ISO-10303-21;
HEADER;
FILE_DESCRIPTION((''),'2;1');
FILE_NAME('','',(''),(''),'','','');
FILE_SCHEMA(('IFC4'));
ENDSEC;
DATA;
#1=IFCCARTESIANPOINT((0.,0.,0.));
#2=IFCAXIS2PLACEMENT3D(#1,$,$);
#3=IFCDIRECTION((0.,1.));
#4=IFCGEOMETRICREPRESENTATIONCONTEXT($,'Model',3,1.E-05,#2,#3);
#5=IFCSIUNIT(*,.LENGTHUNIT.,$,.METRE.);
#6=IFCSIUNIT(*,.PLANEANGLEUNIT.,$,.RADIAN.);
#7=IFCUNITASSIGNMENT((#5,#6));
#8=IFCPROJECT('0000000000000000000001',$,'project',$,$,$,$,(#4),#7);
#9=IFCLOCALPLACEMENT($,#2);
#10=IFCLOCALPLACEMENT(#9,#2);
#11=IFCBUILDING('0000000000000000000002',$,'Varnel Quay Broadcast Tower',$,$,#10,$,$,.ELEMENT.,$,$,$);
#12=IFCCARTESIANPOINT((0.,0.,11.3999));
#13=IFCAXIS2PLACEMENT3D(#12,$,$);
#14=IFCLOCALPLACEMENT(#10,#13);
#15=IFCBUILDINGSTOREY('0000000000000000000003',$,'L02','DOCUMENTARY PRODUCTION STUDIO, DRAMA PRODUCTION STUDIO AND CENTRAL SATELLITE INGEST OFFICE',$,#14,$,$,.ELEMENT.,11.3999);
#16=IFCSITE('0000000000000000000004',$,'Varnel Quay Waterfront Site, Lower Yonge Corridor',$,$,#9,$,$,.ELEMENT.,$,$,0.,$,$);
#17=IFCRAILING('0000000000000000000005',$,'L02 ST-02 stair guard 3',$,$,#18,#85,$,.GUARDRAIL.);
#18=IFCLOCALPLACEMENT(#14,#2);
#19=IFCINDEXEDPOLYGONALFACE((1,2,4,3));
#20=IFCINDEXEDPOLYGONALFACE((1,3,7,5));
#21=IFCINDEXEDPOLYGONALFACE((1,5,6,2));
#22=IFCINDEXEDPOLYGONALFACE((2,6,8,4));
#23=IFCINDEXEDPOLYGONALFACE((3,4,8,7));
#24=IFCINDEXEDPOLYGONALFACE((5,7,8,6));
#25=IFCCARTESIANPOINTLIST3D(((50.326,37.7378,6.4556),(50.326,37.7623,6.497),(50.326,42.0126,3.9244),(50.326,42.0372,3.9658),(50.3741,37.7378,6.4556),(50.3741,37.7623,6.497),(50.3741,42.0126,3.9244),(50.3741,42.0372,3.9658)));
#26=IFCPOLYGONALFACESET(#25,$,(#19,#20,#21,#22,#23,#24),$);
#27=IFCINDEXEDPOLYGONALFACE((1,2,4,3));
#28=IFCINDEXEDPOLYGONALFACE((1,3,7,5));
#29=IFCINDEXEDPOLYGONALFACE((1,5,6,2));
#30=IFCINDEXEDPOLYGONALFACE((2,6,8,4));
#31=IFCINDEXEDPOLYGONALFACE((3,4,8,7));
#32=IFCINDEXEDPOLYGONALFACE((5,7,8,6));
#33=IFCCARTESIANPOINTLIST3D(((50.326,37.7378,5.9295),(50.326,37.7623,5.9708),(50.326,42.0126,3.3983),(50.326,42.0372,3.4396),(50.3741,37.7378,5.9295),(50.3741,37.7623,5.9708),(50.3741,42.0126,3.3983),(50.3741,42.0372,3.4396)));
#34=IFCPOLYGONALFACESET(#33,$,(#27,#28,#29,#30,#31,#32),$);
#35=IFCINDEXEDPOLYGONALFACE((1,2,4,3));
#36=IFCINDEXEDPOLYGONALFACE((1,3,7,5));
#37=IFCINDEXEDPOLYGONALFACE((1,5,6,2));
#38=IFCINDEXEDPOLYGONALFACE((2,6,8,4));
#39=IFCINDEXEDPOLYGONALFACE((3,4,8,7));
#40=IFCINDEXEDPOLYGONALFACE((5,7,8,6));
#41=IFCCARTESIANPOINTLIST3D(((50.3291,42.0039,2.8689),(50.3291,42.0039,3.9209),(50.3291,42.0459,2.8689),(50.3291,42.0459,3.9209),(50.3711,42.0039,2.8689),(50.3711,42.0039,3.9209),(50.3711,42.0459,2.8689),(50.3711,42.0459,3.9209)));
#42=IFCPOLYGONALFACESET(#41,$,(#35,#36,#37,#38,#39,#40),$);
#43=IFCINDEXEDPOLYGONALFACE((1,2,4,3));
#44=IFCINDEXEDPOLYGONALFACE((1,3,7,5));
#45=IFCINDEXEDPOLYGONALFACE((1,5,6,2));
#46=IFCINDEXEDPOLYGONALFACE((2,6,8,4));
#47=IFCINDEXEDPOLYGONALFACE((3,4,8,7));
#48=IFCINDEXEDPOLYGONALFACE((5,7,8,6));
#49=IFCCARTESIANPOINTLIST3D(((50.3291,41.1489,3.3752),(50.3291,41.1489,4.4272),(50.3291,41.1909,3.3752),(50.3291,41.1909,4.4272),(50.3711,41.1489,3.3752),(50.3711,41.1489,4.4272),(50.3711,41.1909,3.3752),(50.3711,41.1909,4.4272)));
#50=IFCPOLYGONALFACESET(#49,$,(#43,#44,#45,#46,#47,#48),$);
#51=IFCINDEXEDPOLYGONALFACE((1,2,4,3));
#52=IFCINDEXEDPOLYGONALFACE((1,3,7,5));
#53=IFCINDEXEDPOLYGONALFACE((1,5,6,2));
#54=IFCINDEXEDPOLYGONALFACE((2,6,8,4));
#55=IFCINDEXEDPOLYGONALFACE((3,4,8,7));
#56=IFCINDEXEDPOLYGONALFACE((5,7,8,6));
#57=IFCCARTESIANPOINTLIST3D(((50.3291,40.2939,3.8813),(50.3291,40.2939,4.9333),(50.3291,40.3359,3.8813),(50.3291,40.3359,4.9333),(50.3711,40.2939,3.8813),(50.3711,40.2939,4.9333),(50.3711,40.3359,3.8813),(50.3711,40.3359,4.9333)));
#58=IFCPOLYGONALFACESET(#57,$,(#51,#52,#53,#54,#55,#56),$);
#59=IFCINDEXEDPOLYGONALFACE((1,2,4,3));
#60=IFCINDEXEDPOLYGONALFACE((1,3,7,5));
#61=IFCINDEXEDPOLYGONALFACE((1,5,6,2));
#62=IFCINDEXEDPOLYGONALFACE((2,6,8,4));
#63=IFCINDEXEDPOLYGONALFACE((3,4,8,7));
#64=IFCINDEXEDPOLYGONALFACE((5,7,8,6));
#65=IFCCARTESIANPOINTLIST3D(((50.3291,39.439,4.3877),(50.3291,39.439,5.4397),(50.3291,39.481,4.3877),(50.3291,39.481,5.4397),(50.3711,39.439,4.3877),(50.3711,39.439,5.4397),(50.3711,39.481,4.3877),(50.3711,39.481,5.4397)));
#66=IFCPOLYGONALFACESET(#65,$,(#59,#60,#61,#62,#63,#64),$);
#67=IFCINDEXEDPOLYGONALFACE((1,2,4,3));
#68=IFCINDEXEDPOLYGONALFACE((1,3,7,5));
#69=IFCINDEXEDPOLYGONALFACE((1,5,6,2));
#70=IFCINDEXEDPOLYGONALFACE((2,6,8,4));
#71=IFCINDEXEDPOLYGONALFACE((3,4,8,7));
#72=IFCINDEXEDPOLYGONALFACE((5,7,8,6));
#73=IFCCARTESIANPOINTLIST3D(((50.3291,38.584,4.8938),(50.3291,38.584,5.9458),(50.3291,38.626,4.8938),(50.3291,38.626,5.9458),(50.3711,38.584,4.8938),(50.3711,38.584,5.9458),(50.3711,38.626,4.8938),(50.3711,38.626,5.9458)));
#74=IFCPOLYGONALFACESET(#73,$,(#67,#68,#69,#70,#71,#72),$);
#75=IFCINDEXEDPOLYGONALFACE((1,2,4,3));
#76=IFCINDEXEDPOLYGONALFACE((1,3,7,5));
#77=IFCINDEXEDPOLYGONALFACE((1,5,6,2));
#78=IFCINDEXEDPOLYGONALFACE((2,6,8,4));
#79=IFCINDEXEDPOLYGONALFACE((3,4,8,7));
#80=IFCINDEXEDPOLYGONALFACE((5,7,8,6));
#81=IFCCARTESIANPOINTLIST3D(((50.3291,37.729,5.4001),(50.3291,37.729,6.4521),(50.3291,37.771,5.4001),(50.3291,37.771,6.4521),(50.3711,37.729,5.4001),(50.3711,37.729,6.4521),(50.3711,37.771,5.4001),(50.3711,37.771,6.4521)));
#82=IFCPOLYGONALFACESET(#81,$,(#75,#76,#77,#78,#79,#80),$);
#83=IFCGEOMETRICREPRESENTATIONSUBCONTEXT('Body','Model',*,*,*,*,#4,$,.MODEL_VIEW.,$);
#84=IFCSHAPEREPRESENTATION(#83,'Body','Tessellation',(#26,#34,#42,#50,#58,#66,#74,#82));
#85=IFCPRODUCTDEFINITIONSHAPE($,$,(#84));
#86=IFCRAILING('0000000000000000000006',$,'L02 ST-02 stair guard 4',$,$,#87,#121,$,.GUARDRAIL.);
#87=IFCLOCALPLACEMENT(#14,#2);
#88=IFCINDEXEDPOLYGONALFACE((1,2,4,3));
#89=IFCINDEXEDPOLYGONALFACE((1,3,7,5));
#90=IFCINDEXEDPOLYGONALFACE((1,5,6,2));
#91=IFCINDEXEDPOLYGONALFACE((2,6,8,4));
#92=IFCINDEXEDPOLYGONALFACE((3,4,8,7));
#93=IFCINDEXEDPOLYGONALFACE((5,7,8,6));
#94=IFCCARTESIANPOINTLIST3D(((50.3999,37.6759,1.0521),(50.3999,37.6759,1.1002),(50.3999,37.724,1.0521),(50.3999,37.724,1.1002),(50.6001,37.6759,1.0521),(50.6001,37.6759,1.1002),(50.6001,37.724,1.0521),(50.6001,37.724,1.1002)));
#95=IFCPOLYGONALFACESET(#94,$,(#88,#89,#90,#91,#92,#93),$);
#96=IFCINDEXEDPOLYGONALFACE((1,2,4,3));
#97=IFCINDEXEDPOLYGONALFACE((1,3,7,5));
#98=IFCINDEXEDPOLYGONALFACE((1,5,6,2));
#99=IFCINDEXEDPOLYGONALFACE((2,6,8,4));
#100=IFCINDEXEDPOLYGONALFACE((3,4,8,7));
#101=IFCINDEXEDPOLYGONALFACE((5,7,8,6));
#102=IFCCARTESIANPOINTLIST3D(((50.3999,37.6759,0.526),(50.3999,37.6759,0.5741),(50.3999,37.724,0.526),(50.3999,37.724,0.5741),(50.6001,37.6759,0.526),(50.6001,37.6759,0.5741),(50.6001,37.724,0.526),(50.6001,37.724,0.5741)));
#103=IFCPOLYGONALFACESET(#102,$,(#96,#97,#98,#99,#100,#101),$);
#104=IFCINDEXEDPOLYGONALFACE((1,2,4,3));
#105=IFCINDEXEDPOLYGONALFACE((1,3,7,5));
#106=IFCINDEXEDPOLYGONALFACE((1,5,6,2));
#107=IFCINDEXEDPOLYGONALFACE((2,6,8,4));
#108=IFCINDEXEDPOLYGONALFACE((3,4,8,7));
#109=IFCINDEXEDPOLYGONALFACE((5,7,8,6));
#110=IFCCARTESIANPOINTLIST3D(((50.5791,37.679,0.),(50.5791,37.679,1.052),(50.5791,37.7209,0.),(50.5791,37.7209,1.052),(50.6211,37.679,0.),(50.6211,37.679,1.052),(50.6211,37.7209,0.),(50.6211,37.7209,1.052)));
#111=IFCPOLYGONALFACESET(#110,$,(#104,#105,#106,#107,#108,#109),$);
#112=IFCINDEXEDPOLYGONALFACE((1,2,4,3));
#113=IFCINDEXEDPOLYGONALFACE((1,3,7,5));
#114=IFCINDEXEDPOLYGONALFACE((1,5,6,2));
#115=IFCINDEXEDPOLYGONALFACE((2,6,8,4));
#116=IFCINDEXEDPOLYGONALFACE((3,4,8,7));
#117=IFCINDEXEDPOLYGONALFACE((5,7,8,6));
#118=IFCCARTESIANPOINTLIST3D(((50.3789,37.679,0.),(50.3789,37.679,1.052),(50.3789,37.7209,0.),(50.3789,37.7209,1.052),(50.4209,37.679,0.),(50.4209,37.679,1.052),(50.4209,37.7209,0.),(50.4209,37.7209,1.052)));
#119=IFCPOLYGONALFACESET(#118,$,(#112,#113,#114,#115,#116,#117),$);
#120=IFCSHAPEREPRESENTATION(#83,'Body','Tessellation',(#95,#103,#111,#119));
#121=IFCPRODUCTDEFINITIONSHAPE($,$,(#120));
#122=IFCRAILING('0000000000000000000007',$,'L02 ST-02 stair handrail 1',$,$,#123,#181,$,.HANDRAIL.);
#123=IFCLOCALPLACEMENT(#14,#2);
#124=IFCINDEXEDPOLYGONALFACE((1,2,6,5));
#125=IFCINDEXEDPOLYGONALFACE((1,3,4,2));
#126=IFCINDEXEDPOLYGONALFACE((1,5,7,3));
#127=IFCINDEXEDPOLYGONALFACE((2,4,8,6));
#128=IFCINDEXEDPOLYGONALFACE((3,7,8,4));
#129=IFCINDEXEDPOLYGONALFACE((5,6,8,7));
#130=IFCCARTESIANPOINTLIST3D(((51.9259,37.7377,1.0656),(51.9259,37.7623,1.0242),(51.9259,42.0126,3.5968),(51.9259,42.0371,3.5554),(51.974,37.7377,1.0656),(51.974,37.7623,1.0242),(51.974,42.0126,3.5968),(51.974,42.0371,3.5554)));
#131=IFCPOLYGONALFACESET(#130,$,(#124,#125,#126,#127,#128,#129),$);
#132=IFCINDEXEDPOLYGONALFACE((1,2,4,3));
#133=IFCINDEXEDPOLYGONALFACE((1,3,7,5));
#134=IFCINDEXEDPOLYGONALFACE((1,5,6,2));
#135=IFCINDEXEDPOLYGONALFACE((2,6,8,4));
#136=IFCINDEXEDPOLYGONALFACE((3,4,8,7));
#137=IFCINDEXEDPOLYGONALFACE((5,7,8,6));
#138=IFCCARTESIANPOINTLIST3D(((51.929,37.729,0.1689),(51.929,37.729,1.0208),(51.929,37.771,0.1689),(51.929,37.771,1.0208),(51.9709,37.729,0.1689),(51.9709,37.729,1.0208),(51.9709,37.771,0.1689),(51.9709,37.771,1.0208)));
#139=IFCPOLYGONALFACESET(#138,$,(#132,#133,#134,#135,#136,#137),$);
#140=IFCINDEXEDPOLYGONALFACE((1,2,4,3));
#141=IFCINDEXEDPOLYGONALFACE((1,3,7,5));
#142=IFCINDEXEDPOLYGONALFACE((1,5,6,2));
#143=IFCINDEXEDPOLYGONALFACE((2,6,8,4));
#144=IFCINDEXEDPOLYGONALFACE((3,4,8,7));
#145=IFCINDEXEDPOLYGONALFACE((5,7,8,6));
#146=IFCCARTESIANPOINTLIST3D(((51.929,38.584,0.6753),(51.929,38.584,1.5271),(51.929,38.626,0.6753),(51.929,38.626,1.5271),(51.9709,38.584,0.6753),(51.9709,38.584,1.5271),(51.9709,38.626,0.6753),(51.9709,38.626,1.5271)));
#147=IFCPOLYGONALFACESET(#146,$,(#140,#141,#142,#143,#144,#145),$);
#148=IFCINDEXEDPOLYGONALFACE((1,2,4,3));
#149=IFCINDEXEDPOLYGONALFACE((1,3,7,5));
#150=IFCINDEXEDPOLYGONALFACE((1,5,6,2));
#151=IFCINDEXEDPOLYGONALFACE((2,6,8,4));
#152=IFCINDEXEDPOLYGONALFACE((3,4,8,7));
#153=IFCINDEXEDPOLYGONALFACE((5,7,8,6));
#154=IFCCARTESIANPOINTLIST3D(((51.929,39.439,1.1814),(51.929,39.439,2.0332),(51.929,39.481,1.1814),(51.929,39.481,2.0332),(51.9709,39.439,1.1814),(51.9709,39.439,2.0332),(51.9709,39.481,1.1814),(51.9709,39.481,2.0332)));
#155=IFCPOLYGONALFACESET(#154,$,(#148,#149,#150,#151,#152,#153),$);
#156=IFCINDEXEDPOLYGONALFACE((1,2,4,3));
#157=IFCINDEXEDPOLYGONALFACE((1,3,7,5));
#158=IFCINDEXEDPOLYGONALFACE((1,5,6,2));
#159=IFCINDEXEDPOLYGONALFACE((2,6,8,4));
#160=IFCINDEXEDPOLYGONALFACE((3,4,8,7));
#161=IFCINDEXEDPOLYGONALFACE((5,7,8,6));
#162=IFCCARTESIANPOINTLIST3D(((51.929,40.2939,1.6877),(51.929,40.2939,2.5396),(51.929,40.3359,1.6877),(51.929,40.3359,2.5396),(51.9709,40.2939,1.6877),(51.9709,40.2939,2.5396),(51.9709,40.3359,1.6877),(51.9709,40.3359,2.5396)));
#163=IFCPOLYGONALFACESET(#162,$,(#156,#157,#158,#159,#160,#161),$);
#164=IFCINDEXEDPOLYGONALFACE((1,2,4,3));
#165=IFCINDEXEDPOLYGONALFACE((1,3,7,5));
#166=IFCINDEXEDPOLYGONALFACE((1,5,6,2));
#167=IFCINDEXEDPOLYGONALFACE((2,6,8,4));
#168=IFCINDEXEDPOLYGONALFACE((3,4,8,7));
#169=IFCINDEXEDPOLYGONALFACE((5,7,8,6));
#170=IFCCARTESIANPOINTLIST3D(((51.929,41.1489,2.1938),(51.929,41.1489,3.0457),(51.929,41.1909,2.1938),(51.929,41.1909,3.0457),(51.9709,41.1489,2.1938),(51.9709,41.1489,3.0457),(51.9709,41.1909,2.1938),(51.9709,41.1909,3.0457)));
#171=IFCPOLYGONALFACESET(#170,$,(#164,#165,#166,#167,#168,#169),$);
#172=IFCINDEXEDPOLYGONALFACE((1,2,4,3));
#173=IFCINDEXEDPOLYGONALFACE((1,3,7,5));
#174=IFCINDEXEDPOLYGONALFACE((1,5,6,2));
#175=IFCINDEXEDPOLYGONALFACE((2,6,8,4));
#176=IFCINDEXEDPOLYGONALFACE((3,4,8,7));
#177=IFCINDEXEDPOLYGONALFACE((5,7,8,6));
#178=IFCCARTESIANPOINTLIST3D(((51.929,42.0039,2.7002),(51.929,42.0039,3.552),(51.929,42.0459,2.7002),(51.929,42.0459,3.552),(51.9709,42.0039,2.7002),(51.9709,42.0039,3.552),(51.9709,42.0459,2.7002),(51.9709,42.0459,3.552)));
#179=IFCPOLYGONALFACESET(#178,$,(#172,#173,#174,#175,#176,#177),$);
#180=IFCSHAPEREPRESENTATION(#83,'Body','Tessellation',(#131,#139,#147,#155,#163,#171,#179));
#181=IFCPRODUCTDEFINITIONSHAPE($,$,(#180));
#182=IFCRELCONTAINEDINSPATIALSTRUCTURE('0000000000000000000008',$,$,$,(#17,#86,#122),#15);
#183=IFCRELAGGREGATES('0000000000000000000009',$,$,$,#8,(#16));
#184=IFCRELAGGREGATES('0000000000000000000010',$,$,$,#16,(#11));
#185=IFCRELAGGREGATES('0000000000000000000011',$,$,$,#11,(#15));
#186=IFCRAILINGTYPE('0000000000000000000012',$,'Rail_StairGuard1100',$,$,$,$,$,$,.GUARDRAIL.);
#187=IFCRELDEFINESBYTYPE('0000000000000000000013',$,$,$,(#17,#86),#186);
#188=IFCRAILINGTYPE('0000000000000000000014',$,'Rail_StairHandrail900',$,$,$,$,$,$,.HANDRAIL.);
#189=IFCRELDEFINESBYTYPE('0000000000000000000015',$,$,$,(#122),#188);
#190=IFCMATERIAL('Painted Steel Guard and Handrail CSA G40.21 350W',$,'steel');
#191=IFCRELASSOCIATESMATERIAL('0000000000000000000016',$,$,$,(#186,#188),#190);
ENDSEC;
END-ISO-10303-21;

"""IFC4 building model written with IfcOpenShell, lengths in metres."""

from ifc_helpers import new_model, si_unit, direction, frame, origin, origin_2d, place, context, subcontext, project, spatial, rectangle, extrude, material, type_object, element, save


model = new_model("IFC4")

# Units and contexts
model_context = context("Model", 3, precision=1e-05, world=origin(), true_north=direction((0.0, 1.0)))
body_context = subcontext(model_context, "Body", "Model", "MODEL_VIEW")
ifc_project = project(units=[si_unit("LENGTHUNIT", "METRE"), si_unit("PLANEANGLEUNIT", "RADIAN")], contexts=[model_context])

# Site, building, storey
site_placement = place(None, origin())
site = spatial("IfcSite", under=ifc_project, at=site_placement, Name="Varnel Quay Waterfront Site, Lower Yonge Corridor", CompositionType="ELEMENT", RefElevation=0.0)
building_placement = place(site_placement, origin())
building = spatial("IfcBuilding", under=site, at=building_placement, Name="Varnel Quay Broadcast Tower", CompositionType="ELEMENT")
storey_placement = place(building_placement, frame((0.0, 0.0, 11.3999)))
storey = spatial("IfcBuildingStorey", under=building, at=storey_placement, Name="L02", Description="DOCUMENTARY PRODUCTION STUDIO, DRAMA PRODUCTION STUDIO AND CENTRAL SATELLITE INGEST OFFICE", CompositionType="ELEMENT", Elevation=11.3999)

# Railings
ifc_material_1 = material(Name="Painted Steel Guard and Handrail CSA G40.21 350W", Category="steel")
railing_type_1 = type_object("IfcRailingType", Name="Rail_StairGuard1100", PredefinedType="GUARDRAIL", material=ifc_material_1)
railing_1_placement = place(storey_placement, frame((50.3501, 42.0249, 2.8689)))
element("IfcRailing", 1, at=railing_1_placement, inside=storey, type_object=railing_type_1, Name="L02 ST-02 stair guard 3", PredefinedType="GUARDRAIL", context=body_context, shape_type="SweptSolid", body=[
    extrude(rectangle(XDim=0.0481, YDim=0.0481, at=origin_2d()), frame((0.0, 0.0, 1.0762), z_axis=(0.0, -0.86047, 0.509501), x_axis=(1.0, 0.0, 0.0)), (0.0, 0.0, 1.0), 4.968),
    extrude(rectangle(XDim=0.0481, YDim=0.0481, at=origin_2d()), frame((0.0, 0.0, 0.55), z_axis=(0.0, -0.86047, 0.509501), x_axis=(1.0, 0.0, 0.0)), (0.0, 0.0, 1.0), 4.968),
    extrude(rectangle(XDim=0.042, YDim=0.042, at=origin_2d()), origin(), (0.0, 0.0, 1.0), 1.052),
    extrude(rectangle(XDim=0.042, YDim=0.042, at=origin_2d()), frame((0.0, -0.855, 0.5063)), (0.0, 0.0, 1.0), 1.052),
    extrude(rectangle(XDim=0.042, YDim=0.042, at=origin_2d()), frame((0.0, -1.71, 1.0125)), (0.0, 0.0, 1.0), 1.052),
    extrude(rectangle(XDim=0.042, YDim=0.042, at=origin_2d()), frame((0.0, -2.5649, 1.5188)), (0.0, 0.0, 1.0), 1.052),
    extrude(rectangle(XDim=0.042, YDim=0.042, at=origin_2d()), frame((0.0, -3.4199, 2.0249)), (0.0, 0.0, 1.0), 1.052),
    extrude(rectangle(XDim=0.042, YDim=0.042, at=origin_2d()), frame((0.0, -4.2749, 2.5312)), (0.0, 0.0, 1.0), 1.052),
])
railing_2_placement = place(storey_placement, frame((50.6001, 37.7, 0.0)))
element("IfcRailing", 2, at=railing_2_placement, inside=storey, type_object=railing_type_1, Name="L02 ST-02 stair guard 4", PredefinedType="GUARDRAIL", context=body_context, shape_type="SweptSolid", body=[
    extrude(rectangle(XDim=0.0481, YDim=0.0481, at=origin_2d()), frame((0.0, 0.0, 1.0762), z_axis=(-1.0, 0.0, 0.0), x_axis=(0.0, -1.0, 0.0)), (0.0, 0.0, 1.0), 0.2002),
    extrude(rectangle(XDim=0.0481, YDim=0.0481, at=origin_2d()), frame((0.0, 0.0, 0.55), z_axis=(-1.0, 0.0, 0.0), x_axis=(0.0, -1.0, 0.0)), (0.0, 0.0, 1.0), 0.2002),
    extrude(rectangle(XDim=0.042, YDim=0.042, at=origin_2d()), origin(), (0.0, 0.0, 1.0), 1.052),
    extrude(rectangle(XDim=0.042, YDim=0.042, at=origin_2d()), frame((-0.2002, 0.0, 0.0)), (0.0, 0.0, 1.0), 1.052),
])
railing_type_2 = type_object("IfcRailingType", Name="Rail_StairHandrail900", PredefinedType="HANDRAIL", material=ifc_material_1)
railing_3_placement = place(storey_placement, frame((51.95, 37.75, 0.1689)))
element("IfcRailing", 3, at=railing_3_placement, inside=storey, type_object=railing_type_2, Name="L02 ST-02 stair handrail 1", PredefinedType="HANDRAIL", context=body_context, shape_type="SweptSolid", body=[
    extrude(rectangle(XDim=0.0481, YDim=0.0481, at=origin_2d()), frame((0.0, 0.0, 0.876), z_axis=(0.0, 0.86047, 0.509501), x_axis=(-1.0, 0.0, 0.0)), (0.0, 0.0, 1.0), 4.968),
    extrude(rectangle(XDim=0.042, YDim=0.042, at=origin_2d()), origin(), (0.0, 0.0, 1.0), 0.8518),
    extrude(rectangle(XDim=0.042, YDim=0.042, at=origin_2d()), frame((0.0, 0.855, 0.5063)), (0.0, 0.0, 1.0), 0.8518),
    extrude(rectangle(XDim=0.042, YDim=0.042, at=origin_2d()), frame((0.0, 1.71, 1.0125)), (0.0, 0.0, 1.0), 0.8518),
    extrude(rectangle(XDim=0.042, YDim=0.042, at=origin_2d()), frame((0.0, 2.5649, 1.5188)), (0.0, 0.0, 1.0), 0.8518),
    extrude(rectangle(XDim=0.042, YDim=0.042, at=origin_2d()), frame((0.0, 3.4199, 2.0249)), (0.0, 0.0, 1.0), 0.8518),
    extrude(rectangle(XDim=0.042, YDim=0.042, at=origin_2d()), frame((0.0, 4.2749, 2.5312)), (0.0, 0.0, 1.0), 0.8518),
])

save(model, "model.ifc")
